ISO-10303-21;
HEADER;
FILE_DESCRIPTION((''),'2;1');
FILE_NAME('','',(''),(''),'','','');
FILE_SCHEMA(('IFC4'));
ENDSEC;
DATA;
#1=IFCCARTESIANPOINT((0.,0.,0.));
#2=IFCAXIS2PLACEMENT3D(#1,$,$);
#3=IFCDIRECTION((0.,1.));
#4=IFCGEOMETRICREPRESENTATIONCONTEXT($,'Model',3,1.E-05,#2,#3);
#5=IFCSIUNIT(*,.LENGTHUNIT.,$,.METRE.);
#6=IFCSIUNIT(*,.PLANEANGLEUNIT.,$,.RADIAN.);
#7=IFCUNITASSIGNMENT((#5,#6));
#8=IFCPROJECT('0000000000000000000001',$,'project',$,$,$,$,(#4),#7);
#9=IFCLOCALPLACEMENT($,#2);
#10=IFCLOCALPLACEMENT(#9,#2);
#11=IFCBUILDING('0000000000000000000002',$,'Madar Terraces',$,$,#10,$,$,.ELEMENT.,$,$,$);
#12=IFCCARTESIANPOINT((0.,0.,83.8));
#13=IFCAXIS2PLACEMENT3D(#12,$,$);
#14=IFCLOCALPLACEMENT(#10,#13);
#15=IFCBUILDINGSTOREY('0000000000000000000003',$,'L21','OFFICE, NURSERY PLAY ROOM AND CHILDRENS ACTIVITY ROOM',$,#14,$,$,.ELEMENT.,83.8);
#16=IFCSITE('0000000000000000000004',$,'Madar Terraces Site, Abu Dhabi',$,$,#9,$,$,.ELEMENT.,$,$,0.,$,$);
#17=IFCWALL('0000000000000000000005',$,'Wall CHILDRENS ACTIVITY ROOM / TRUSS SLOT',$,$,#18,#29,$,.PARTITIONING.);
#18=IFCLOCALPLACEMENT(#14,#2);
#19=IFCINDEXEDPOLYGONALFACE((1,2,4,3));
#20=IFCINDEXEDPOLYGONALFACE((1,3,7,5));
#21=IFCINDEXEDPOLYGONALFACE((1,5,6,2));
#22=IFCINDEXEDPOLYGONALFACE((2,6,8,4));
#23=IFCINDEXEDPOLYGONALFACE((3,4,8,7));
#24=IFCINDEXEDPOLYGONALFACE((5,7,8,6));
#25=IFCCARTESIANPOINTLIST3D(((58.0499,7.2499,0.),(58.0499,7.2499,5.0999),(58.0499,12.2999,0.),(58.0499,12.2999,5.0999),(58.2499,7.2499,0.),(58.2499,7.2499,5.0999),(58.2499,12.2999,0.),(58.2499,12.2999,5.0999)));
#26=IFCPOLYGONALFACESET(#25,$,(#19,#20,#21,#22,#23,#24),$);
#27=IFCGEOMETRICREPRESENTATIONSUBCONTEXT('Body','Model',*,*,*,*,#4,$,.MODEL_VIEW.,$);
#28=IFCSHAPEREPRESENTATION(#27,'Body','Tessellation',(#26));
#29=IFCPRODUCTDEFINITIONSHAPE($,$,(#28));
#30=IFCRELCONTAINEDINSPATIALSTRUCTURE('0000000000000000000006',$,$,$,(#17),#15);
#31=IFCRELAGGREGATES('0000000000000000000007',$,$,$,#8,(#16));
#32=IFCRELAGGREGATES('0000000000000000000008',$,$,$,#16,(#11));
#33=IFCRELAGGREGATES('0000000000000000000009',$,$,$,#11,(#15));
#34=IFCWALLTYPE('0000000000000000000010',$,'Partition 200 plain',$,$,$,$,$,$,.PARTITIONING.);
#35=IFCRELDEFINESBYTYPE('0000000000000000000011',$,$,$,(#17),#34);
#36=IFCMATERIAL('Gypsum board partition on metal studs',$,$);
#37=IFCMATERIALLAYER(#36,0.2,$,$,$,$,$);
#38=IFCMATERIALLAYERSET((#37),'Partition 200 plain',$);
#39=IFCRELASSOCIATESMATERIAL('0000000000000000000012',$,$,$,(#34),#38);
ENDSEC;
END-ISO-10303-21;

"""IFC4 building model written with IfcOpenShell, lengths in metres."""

from ifc_helpers import new_model, si_unit, direction, frame, frame_2d, origin, place, context, subcontext, project, spatial, rectangle, extrude, material, layer, layer_set, type_object, element, save


model = new_model("IFC4")

# Units and contexts
model_context = context("Model", 3, precision=1e-05, world=origin(), true_north=direction((0.0, 1.0)))
body_context = subcontext(model_context, "Body", "Model", "MODEL_VIEW")
ifc_project = project(units=[si_unit("LENGTHUNIT", "METRE"), si_unit("PLANEANGLEUNIT", "RADIAN")], contexts=[model_context])

# Site, building, storey
site_placement = place(None, origin())
site = spatial("IfcSite", under=ifc_project, at=site_placement, Name="Madar Terraces Site, Abu Dhabi", CompositionType="ELEMENT", RefElevation=0.0)
building_placement = place(site_placement, origin())
building = spatial("IfcBuilding", under=site, at=building_placement, Name="Madar Terraces", CompositionType="ELEMENT")
storey_placement = place(building_placement, frame((0.0, 0.0, 83.8)))
storey = spatial("IfcBuildingStorey", under=building, at=storey_placement, Name="L21", Description="OFFICE, NURSERY PLAY ROOM AND CHILDRENS ACTIVITY ROOM", CompositionType="ELEMENT", Elevation=83.8)

# Wall
ifc_material_1 = material(Name="Gypsum board partition on metal studs")
ifc_layer_1 = layer(ifc_material_1, 0.2)
ifc_layer_set_1 = layer_set([ifc_layer_1], Name="Partition 200 plain")
wall_type = type_object("IfcWallType", Name="Partition 200 plain", PredefinedType="PARTITIONING", material=ifc_layer_set_1)
wall_placement = place(storey_placement, frame((58.1499, 7.25, 0.0), z_axis=(0.0, 0.0, 1.0), x_axis=(0.0, 1.0, 0.0)))
element("IfcWall", 1, at=wall_placement, inside=storey, type_object=wall_type, Name="Wall CHILDRENS ACTIVITY ROOM / TRUSS SLOT", PredefinedType="PARTITIONING", context=body_context, shape_type="SweptSolid", body=[
    extrude(rectangle(XDim=5.05, YDim=0.2, at=frame_2d((2.5249, 0.0))), origin(), (0.0, 0.0, 1.0), 5.0999),
])

save(model, "model.ifc")
